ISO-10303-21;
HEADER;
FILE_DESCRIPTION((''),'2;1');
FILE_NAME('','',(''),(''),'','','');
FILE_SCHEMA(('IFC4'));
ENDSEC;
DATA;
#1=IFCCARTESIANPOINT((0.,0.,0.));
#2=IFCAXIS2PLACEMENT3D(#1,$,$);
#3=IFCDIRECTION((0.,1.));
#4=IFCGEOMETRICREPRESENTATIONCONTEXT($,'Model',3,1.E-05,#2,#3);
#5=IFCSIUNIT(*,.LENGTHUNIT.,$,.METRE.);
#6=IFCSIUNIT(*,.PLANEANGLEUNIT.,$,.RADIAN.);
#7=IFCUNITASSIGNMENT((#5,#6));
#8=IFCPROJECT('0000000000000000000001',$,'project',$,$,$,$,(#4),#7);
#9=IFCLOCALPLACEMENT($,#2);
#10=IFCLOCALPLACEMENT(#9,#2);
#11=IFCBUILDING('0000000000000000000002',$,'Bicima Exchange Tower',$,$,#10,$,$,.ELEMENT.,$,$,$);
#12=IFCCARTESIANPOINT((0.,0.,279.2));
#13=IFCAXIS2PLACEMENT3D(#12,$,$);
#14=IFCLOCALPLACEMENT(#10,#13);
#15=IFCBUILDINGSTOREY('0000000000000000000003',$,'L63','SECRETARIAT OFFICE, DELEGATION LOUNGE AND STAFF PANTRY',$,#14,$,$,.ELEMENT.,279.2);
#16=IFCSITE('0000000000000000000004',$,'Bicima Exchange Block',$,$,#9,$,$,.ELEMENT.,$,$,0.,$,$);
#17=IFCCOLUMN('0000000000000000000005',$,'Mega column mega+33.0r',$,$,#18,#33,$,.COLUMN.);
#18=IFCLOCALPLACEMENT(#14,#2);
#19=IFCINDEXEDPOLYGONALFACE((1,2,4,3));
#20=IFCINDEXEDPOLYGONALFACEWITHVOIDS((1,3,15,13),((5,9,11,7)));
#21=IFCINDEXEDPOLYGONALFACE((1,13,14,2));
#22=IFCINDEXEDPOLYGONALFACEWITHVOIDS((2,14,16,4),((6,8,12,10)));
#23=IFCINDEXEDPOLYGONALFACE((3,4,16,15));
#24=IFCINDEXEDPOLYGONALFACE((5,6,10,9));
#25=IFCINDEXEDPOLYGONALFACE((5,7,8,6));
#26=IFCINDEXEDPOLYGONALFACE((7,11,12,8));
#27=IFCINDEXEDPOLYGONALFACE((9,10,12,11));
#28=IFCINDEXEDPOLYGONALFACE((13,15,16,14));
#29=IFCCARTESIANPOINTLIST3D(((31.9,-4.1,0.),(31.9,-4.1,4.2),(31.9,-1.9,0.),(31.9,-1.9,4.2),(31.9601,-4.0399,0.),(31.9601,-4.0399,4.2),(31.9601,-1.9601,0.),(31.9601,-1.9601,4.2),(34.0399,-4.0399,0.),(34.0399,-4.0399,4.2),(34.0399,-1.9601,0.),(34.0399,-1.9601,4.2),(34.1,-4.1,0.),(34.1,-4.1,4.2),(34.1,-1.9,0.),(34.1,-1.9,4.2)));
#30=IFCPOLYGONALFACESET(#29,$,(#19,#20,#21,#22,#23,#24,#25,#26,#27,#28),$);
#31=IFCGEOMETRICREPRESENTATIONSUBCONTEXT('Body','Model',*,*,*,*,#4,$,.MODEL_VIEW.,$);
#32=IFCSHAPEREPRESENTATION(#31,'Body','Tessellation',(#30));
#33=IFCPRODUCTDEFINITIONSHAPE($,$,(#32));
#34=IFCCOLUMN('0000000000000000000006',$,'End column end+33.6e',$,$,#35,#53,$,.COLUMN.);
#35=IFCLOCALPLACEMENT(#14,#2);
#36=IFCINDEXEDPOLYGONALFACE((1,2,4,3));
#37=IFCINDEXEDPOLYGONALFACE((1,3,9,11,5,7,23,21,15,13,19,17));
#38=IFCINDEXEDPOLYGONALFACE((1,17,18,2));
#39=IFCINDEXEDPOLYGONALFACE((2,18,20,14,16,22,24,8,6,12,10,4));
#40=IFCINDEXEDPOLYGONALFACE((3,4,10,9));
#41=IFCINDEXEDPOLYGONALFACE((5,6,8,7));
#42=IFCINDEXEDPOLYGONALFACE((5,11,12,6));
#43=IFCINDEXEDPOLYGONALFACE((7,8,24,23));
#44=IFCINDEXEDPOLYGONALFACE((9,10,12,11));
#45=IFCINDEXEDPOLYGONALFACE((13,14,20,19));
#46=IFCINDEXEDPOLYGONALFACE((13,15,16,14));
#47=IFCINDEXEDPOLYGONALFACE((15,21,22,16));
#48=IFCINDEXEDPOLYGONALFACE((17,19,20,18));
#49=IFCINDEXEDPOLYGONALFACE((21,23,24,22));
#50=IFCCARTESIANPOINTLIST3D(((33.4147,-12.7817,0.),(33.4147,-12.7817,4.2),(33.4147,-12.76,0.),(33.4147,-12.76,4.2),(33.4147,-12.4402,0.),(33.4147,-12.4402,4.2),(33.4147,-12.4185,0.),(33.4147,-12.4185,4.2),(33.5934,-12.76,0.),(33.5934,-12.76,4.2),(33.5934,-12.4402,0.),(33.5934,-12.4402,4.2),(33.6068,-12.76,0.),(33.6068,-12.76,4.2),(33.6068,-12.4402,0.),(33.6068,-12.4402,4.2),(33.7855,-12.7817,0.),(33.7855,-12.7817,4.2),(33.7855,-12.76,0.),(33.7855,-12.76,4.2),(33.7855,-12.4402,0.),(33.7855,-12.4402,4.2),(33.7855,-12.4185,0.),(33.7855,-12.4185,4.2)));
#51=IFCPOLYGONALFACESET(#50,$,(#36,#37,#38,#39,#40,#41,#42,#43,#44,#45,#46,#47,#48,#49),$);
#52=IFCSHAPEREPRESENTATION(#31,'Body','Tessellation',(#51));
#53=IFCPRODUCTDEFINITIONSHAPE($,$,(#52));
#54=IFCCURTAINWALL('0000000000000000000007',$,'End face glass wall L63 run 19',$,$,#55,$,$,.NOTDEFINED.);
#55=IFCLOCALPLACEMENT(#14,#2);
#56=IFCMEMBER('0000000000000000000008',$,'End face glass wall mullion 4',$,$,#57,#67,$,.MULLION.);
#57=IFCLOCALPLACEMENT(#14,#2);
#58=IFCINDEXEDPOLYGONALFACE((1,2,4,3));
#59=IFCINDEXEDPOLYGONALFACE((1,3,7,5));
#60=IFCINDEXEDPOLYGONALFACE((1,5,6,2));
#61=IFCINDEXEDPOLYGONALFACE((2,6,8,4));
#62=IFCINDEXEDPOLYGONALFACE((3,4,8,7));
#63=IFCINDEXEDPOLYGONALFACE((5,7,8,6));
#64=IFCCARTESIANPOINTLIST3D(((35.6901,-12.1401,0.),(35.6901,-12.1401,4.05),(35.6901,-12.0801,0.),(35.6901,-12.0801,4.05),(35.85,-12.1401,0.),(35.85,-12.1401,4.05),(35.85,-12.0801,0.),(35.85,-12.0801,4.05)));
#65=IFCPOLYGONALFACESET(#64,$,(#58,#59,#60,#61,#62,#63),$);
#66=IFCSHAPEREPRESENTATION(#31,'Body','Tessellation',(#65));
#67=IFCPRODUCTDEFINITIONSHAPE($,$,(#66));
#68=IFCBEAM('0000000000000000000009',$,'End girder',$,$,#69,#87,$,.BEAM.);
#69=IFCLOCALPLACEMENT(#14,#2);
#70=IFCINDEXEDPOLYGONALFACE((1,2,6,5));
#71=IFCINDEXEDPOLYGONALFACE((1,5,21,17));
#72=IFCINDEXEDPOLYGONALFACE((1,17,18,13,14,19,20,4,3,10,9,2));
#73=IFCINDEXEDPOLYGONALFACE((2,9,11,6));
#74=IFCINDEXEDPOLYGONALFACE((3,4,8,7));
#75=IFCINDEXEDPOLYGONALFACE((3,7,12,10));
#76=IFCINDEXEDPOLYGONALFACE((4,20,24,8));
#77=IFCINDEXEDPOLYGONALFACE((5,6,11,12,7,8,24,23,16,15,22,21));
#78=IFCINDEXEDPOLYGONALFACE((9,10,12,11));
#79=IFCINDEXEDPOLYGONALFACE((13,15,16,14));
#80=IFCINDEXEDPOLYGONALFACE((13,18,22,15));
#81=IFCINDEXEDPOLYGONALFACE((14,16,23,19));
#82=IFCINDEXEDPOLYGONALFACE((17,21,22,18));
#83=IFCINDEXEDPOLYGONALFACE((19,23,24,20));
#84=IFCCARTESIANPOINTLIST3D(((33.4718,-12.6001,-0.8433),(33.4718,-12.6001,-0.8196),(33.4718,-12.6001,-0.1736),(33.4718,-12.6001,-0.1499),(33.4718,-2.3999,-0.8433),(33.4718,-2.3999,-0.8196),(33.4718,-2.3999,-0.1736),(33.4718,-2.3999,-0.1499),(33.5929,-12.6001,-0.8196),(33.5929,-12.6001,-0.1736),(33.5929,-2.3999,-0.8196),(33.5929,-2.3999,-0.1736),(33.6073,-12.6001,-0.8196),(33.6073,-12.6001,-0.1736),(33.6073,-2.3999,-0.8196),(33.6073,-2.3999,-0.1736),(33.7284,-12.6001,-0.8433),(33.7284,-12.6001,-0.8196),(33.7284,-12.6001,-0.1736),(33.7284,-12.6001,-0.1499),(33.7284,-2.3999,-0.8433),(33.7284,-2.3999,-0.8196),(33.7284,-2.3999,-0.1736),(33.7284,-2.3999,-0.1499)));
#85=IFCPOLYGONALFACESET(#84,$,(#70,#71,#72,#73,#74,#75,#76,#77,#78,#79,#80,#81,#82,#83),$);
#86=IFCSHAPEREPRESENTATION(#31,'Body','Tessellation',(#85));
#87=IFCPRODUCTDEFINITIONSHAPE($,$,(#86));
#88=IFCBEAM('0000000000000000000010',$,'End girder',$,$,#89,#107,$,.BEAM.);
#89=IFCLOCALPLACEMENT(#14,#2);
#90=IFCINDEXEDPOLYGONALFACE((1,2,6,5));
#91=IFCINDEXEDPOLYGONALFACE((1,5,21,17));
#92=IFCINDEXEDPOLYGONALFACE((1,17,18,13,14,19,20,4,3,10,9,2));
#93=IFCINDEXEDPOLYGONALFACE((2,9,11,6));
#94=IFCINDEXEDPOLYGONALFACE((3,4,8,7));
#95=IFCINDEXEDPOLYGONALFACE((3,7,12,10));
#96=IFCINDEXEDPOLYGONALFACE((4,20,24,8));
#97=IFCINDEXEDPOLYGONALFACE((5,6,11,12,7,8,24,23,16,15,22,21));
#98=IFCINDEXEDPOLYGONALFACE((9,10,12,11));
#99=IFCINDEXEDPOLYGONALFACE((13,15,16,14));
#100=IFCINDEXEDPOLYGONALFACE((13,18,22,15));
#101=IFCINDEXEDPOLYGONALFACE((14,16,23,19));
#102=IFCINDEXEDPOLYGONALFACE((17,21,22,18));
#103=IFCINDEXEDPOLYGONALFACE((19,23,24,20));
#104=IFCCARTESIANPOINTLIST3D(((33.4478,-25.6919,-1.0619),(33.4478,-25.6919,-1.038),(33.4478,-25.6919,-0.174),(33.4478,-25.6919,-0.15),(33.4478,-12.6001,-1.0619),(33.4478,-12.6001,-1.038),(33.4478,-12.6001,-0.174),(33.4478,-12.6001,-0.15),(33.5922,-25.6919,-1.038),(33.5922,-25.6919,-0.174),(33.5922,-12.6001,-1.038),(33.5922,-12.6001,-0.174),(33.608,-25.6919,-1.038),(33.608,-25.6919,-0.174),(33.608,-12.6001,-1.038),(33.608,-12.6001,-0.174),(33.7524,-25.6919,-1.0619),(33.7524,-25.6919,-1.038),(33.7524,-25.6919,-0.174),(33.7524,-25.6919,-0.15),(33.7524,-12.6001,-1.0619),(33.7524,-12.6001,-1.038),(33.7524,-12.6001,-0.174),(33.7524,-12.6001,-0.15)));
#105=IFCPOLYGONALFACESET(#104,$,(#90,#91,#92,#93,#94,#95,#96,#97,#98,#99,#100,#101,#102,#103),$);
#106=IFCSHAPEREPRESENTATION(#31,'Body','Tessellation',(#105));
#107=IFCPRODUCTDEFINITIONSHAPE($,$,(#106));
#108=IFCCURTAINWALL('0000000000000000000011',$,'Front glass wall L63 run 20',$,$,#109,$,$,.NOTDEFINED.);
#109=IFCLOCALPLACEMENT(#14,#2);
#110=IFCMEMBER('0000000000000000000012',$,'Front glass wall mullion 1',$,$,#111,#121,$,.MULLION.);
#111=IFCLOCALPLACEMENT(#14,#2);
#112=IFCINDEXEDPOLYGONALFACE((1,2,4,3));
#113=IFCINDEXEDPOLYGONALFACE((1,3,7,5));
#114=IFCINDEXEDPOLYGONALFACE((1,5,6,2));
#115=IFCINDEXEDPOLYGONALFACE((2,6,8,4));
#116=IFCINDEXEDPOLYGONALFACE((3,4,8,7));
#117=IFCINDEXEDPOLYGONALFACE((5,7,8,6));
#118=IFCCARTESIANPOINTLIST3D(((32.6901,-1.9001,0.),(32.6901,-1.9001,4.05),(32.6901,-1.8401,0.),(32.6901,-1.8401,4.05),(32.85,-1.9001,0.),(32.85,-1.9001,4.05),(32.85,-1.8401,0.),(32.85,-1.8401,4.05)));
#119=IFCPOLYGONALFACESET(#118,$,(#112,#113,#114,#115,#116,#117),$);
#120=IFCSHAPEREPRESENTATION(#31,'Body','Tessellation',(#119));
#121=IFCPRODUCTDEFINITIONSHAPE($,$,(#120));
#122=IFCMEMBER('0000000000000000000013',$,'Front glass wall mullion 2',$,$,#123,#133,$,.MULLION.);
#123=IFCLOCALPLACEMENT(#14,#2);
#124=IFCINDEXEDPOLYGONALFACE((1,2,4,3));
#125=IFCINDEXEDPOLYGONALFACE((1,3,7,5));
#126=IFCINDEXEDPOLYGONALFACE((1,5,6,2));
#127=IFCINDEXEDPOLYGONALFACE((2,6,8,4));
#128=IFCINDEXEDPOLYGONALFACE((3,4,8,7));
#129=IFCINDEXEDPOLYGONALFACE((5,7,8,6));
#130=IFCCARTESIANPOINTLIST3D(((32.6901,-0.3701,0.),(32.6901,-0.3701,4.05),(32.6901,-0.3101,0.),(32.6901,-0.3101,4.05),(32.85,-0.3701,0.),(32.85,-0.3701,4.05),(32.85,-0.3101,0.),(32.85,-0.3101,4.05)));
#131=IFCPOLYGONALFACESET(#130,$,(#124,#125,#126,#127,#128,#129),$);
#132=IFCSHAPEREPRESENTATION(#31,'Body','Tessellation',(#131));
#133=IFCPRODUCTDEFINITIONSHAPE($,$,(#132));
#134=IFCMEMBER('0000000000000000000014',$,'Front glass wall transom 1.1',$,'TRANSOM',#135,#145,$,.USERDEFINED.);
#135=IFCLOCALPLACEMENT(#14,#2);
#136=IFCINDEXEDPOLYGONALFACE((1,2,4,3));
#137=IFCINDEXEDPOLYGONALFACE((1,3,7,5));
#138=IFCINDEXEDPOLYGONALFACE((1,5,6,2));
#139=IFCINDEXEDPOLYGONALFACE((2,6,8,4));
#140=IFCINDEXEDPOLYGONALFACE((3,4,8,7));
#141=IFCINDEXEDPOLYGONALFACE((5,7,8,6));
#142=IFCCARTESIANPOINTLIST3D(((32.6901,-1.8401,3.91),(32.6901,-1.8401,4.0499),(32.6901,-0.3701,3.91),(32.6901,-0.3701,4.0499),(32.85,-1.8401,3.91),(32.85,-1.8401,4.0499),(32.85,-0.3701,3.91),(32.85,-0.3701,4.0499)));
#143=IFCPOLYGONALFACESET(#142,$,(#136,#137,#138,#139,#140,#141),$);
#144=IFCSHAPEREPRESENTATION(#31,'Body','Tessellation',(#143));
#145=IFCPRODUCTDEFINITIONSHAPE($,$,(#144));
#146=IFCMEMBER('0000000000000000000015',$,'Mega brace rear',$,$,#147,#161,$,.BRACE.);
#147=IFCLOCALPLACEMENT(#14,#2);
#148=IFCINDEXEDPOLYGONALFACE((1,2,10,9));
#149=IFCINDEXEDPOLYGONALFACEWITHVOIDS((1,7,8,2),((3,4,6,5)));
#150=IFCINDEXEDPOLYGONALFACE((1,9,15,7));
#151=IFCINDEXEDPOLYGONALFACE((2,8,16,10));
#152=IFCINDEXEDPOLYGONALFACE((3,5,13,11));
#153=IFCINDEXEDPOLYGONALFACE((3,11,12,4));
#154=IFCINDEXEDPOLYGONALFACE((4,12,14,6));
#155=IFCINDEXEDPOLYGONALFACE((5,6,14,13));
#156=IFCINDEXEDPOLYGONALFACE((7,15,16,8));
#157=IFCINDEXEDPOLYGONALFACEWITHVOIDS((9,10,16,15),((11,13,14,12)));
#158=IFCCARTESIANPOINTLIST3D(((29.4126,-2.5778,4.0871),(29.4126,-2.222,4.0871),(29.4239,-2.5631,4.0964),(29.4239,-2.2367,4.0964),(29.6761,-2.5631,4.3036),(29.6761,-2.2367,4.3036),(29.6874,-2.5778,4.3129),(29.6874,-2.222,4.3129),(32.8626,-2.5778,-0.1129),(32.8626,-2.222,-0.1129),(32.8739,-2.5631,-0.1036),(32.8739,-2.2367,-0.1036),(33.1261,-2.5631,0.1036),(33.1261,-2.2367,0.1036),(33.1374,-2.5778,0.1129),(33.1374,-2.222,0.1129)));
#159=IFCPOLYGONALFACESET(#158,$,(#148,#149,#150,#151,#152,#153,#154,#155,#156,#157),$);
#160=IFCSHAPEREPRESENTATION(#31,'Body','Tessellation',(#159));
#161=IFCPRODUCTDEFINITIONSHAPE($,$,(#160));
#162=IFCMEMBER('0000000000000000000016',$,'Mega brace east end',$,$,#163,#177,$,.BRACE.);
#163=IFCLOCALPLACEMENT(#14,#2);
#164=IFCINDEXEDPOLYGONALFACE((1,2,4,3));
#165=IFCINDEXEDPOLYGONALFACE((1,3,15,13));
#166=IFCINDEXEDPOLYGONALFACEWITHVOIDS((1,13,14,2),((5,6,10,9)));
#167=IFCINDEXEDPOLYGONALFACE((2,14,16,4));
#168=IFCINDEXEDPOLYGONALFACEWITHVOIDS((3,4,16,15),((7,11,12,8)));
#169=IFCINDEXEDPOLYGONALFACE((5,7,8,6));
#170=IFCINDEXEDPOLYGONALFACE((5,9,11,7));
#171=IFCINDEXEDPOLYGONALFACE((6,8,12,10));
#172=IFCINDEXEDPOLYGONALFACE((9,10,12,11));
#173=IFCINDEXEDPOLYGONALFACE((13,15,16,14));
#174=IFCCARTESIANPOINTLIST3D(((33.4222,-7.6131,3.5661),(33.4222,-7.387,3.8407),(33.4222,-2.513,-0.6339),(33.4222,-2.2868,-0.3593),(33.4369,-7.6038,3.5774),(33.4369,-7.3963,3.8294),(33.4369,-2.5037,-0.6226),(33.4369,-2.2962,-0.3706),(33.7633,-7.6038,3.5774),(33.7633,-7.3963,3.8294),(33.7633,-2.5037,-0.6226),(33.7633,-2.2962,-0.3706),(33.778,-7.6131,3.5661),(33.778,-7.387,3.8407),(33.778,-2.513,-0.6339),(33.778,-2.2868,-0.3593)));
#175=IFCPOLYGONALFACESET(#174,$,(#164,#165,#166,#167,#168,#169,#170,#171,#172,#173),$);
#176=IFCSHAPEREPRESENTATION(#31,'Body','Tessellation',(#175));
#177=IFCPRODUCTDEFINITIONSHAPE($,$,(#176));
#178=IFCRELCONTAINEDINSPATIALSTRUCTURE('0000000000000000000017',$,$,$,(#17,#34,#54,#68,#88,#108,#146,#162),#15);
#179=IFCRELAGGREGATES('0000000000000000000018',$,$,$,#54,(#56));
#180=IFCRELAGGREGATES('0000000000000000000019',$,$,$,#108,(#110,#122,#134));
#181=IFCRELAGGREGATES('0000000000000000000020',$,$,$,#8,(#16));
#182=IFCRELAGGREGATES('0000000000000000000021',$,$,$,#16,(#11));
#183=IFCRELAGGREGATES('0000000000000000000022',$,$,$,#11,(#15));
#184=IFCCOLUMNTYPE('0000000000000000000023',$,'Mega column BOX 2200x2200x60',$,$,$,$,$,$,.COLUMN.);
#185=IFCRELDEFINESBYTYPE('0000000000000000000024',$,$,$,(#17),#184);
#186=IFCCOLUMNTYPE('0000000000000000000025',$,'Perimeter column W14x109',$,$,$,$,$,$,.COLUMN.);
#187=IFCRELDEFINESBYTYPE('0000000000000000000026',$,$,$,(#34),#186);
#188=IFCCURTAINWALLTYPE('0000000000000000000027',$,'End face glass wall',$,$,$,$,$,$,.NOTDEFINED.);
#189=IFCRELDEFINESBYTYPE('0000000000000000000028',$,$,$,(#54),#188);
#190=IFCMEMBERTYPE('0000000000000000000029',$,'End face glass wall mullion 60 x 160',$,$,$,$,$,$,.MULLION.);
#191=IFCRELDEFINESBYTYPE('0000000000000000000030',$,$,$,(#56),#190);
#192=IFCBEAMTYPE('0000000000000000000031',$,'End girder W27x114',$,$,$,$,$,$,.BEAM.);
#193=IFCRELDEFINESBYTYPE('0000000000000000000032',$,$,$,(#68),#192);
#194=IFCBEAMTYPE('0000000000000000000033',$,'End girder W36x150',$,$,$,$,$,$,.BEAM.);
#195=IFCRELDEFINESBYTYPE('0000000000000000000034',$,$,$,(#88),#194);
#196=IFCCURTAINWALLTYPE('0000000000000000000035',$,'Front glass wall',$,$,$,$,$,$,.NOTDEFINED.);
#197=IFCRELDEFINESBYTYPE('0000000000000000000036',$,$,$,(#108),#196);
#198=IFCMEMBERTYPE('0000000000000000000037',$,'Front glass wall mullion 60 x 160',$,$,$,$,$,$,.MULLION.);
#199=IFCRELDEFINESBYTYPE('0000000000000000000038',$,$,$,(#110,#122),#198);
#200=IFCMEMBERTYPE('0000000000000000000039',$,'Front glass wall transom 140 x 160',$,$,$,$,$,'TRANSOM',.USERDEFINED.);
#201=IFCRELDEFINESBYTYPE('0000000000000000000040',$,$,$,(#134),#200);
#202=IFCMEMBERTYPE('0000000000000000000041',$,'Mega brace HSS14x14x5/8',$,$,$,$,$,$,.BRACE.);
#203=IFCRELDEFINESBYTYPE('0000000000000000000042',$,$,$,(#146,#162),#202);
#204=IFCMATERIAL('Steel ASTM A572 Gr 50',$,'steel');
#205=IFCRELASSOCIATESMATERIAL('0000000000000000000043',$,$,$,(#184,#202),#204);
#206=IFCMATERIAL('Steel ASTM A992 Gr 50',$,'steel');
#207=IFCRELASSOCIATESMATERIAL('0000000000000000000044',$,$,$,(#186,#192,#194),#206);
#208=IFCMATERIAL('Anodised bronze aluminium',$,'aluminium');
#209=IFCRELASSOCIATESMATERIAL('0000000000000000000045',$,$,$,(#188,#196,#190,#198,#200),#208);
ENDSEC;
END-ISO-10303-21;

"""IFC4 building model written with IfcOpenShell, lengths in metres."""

from ifc_helpers import new_model, si_unit, direction, frame, origin, origin_2d, place, context, subcontext, project, spatial, rectangle, hollow_rectangle, i_section, extrude, material, material_profile, profile_set, type_object, element, aggregate, save


model = new_model("IFC4")

# Units and contexts
model_context = context("Model", 3, precision=1e-05, world=origin(), true_north=direction((0.0, 1.0)))
body_context = subcontext(model_context, "Body", "Model", "MODEL_VIEW")
ifc_project = project(units=[si_unit("LENGTHUNIT", "METRE"), si_unit("PLANEANGLEUNIT", "RADIAN")], contexts=[model_context])

# Site, building, storey
site_placement = place(None, origin())
site = spatial("IfcSite", under=ifc_project, at=site_placement, Name="Bicima Exchange Block", CompositionType="ELEMENT", RefElevation=0.0)
building_placement = place(site_placement, origin())
building = spatial("IfcBuilding", under=site, at=building_placement, Name="Bicima Exchange Tower", CompositionType="ELEMENT")
storey_placement = place(building_placement, frame((0.0, 0.0, 279.2)))
storey = spatial("IfcBuildingStorey", under=building, at=storey_placement, Name="L63", Description="SECRETARIAT OFFICE, DELEGATION LOUNGE AND STAFF PANTRY", CompositionType="ELEMENT", Elevation=279.2)

# Columns
ifc_material_1 = material(Name="Steel ASTM A572 Gr 50", Category="steel")
ifc_material_profile_1 = material_profile(ifc_material_1, hollow_rectangle(XDim=2.2, YDim=2.2, WallThickness=0.0601, at=origin_2d()))
ifc_profile_set_1 = profile_set([ifc_material_profile_1], Name="Steel ASTM A572 Gr 50")
column_type_1 = type_object("IfcColumnType", Name="Mega column BOX 2200x2200x60", PredefinedType="COLUMN", material=ifc_profile_set_1)
column_1_placement = place(storey_placement, frame((33.0, -3.0, 0.0), z_axis=(0.0, 0.0, 1.0), x_axis=(1.0, 0.0, 0.0)))
element("IfcColumn", 1, at=column_1_placement, inside=storey, type_object=column_type_1, Name="Mega column mega+33.0r", PredefinedType="COLUMN", context=body_context, shape_type="SweptSolid", body=[
    extrude(hollow_rectangle(XDim=2.2, YDim=2.2, WallThickness=0.0601, at=origin_2d()), origin(), (0.0, 0.0, 1.0), 4.2),
])
ifc_material_2 = material(Name="Steel ASTM A992 Gr 50", Category="steel")
ifc_material_profile_2 = material_profile(ifc_material_2, i_section(OverallWidth=0.3708, OverallDepth=0.3633, WebThickness=0.0134, FlangeThickness=0.0217, at=origin_2d()))
ifc_profile_set_2 = profile_set([ifc_material_profile_2], Name="Steel ASTM A992 Gr 50")
column_type_2 = type_object("IfcColumnType", Name="Perimeter column W14x109", PredefinedType="COLUMN", material=ifc_profile_set_2)
column_2_placement = place(storey_placement, frame((33.6001, -12.6001, 0.0), z_axis=(0.0, 0.0, 1.0), x_axis=(1.0, 0.0, 0.0)))
element("IfcColumn", 2, at=column_2_placement, inside=storey, type_object=column_type_2, Name="End column end+33.6e", PredefinedType="COLUMN", context=body_context, shape_type="SweptSolid", body=[
    extrude(i_section(OverallWidth=0.3708, OverallDepth=0.3633, WebThickness=0.0134, FlangeThickness=0.0217, at=origin_2d()), origin(), (0.0, 0.0, 1.0), 4.2),
])

# Curtain wall, member
ifc_material_3 = material(Name="Anodised bronze aluminium", Category="aluminium")
curtain_wall_type_1 = type_object("IfcCurtainWallType", Name="End face glass wall", PredefinedType="NOTDEFINED", material=ifc_material_3)
curtain_wall_1_placement = place(storey_placement, origin())
curtain_wall_1 = element("IfcCurtainWall", 3, at=curtain_wall_1_placement, inside=storey, type_object=curtain_wall_type_1, Name="End face glass wall L63 run 19", PredefinedType="NOTDEFINED")
ifc_material_profile_3 = material_profile(ifc_material_3, rectangle(XDim=0.1599, YDim=0.0601, at=origin_2d()))
ifc_profile_set_3 = profile_set([ifc_material_profile_3], Name="Anodised bronze aluminium")
member_type_1 = type_object("IfcMemberType", Name="End face glass wall mullion 60 x 160", PredefinedType="MULLION", material=ifc_profile_set_3)
member_1_placement = place(storey_placement, frame((35.77, -12.1101, 0.0), z_axis=(0.0, 0.0, 1.0), x_axis=(-1.0, 0.0, 0.0)))
member_1 = element("IfcMember", 4, at=member_1_placement, type_object=member_type_1, Name="End face glass wall mullion 4", PredefinedType="MULLION", context=body_context, shape_type="SweptSolid", body=[
    extrude(rectangle(XDim=0.1599, YDim=0.0601, at=origin_2d()), origin(), (0.0, 0.0, 1.0), 4.05),
])
aggregate(curtain_wall_1, [member_1])

# Beams
ifc_material_profile_4 = material_profile(ifc_material_2, i_section(OverallWidth=0.2566, OverallDepth=0.6934, WebThickness=0.0144, FlangeThickness=0.0237, at=origin_2d()))
ifc_profile_set_4 = profile_set([ifc_material_profile_4], Name="Steel ASTM A992 Gr 50")
beam_type_1 = type_object("IfcBeamType", Name="End girder W27x114", PredefinedType="BEAM", material=ifc_profile_set_4)
beam_1_placement = place(storey_placement, frame((33.6001, -2.3999, -0.4966), z_axis=(0.0, -1.0, 0.0), x_axis=(1.0, 0.0, 0.0)))
element("IfcBeam", 5, at=beam_1_placement, inside=storey, type_object=beam_type_1, Name="End girder", PredefinedType="BEAM", context=body_context, shape_type="SweptSolid", body=[
    extrude(i_section(OverallWidth=0.2566, OverallDepth=0.6934, WebThickness=0.0144, FlangeThickness=0.0237, at=origin_2d()), origin(), (0.0, 0.0, 1.0), 10.2002),
])
ifc_material_profile_5 = material_profile(ifc_material_2, i_section(OverallWidth=0.3047, OverallDepth=0.9119, WebThickness=0.0159, FlangeThickness=0.0239, at=origin_2d()))
ifc_profile_set_5 = profile_set([ifc_material_profile_5], Name="Steel ASTM A992 Gr 50")
beam_type_2 = type_object("IfcBeamType", Name="End girder W36x150", PredefinedType="BEAM", material=ifc_profile_set_5)
beam_2_placement = place(storey_placement, frame((33.6001, -12.6001, -0.606), z_axis=(0.0, -1.0, 0.0), x_axis=(1.0, 0.0, 0.0)))
element("IfcBeam", 6, at=beam_2_placement, inside=storey, type_object=beam_type_2, Name="End girder", PredefinedType="BEAM", context=body_context, shape_type="SweptSolid", body=[
    extrude(i_section(OverallWidth=0.3047, OverallDepth=0.9119, WebThickness=0.0159, FlangeThickness=0.0239, at=origin_2d()), origin(), (0.0, 0.0, 1.0), 13.0918),
])

# Curtain wall, members
curtain_wall_type_2 = type_object("IfcCurtainWallType", Name="Front glass wall", PredefinedType="NOTDEFINED", material=ifc_material_3)
curtain_wall_2_placement = place(storey_placement, origin())
curtain_wall_2 = element("IfcCurtainWall", 7, at=curtain_wall_2_placement, inside=storey, type_object=curtain_wall_type_2, Name="Front glass wall L63 run 20", PredefinedType="NOTDEFINED")
member_type_2 = type_object("IfcMemberType", Name="Front glass wall mullion 60 x 160", PredefinedType="MULLION", material=ifc_profile_set_3)
member_2_placement = place(storey_placement, frame((32.77, -1.8701, 0.0), z_axis=(0.0, 0.0, 1.0), x_axis=(-1.0, 0.0, 0.0)))
member_2 = element("IfcMember", 8, at=member_2_placement, type_object=member_type_2, Name="Front glass wall mullion 1", PredefinedType="MULLION", context=body_context, shape_type="SweptSolid", body=[
    extrude(rectangle(XDim=0.1599, YDim=0.0601, at=origin_2d()), origin(), (0.0, 0.0, 1.0), 4.05),
])
member_3_placement = place(storey_placement, frame((32.77, -0.3401, 0.0), z_axis=(0.0, 0.0, 1.0), x_axis=(-1.0, 0.0, 0.0)))
member_3 = element("IfcMember", 9, at=member_3_placement, type_object=member_type_2, Name="Front glass wall mullion 2", PredefinedType="MULLION", context=body_context, shape_type="SweptSolid", body=[
    extrude(rectangle(XDim=0.1599, YDim=0.0601, at=origin_2d()), origin(), (0.0, 0.0, 1.0), 4.05),
])
ifc_material_profile_6 = material_profile(ifc_material_3, rectangle(XDim=0.1599, YDim=0.1399, at=origin_2d()))
ifc_profile_set_6 = profile_set([ifc_material_profile_6], Name="Anodised bronze aluminium")
member_type_3 = type_object("IfcMemberType", Name="Front glass wall transom 140 x 160", ElementType="TRANSOM", PredefinedType="USERDEFINED", material=ifc_profile_set_6)
member_4_placement = place(storey_placement, frame((32.77, -1.8401, 3.98), z_axis=(0.0, 1.0, 0.0), x_axis=(-1.0, 0.0, 0.0)))
member_4 = element("IfcMember", 10, at=member_4_placement, type_object=member_type_3, Name="Front glass wall transom 1.1", ObjectType="TRANSOM", PredefinedType="USERDEFINED", context=body_context, shape_type="SweptSolid", body=[
    extrude(rectangle(XDim=0.1599, YDim=0.1399, at=origin_2d()), origin(), (0.0, 0.0, 1.0), 1.47),
])

# Members
ifc_material_profile_7 = material_profile(ifc_material_1, hollow_rectangle(XDim=0.3557, YDim=0.3557, WallThickness=0.0146, at=origin_2d()))
ifc_profile_set_7 = profile_set([ifc_material_profile_7], Name="Steel ASTM A572 Gr 50")
member_type_4 = type_object("IfcMemberType", Name="Mega brace HSS14x14x5/8", PredefinedType="BRACE", material=ifc_profile_set_7)
member_5_placement = place(storey_placement, frame((33.0, -2.3999, 0.0), z_axis=(-0.634738, 0.0, 0.772727), x_axis=(0.0, -1.0, 0.0)))
element("IfcMember", 11, at=member_5_placement, inside=storey, type_object=member_type_4, Name="Mega brace rear", PredefinedType="BRACE", context=body_context, shape_type="SweptSolid", body=[
    extrude(hollow_rectangle(XDim=0.3557, YDim=0.3557, WallThickness=0.0146, at=origin_2d()), origin(), (0.0, 0.0, 1.0), 5.4353),
])
for number, where, z_axis, x_axis, name in (
    (12, (33.6001, -2.3999, -0.4966), (0.0, -0.77194, 0.635696), (1.0, 0.0, 0.0), "Mega brace east end"),
):
    element("IfcMember", number, at=place(storey_placement, frame(where, z_axis=z_axis, x_axis=x_axis)), inside=storey, type_object=member_type_4, Name=name, PredefinedType="BRACE", context=body_context, shape_type="SweptSolid", body=[
        extrude(hollow_rectangle(XDim=0.3557, YDim=0.3557, WallThickness=0.0146, at=origin_2d()), origin(), (0.0, 0.0, 1.0), 6.6069),
    ])

aggregate(curtain_wall_2, [member_2, member_3, member_4])

save(model, "model.ifc")
